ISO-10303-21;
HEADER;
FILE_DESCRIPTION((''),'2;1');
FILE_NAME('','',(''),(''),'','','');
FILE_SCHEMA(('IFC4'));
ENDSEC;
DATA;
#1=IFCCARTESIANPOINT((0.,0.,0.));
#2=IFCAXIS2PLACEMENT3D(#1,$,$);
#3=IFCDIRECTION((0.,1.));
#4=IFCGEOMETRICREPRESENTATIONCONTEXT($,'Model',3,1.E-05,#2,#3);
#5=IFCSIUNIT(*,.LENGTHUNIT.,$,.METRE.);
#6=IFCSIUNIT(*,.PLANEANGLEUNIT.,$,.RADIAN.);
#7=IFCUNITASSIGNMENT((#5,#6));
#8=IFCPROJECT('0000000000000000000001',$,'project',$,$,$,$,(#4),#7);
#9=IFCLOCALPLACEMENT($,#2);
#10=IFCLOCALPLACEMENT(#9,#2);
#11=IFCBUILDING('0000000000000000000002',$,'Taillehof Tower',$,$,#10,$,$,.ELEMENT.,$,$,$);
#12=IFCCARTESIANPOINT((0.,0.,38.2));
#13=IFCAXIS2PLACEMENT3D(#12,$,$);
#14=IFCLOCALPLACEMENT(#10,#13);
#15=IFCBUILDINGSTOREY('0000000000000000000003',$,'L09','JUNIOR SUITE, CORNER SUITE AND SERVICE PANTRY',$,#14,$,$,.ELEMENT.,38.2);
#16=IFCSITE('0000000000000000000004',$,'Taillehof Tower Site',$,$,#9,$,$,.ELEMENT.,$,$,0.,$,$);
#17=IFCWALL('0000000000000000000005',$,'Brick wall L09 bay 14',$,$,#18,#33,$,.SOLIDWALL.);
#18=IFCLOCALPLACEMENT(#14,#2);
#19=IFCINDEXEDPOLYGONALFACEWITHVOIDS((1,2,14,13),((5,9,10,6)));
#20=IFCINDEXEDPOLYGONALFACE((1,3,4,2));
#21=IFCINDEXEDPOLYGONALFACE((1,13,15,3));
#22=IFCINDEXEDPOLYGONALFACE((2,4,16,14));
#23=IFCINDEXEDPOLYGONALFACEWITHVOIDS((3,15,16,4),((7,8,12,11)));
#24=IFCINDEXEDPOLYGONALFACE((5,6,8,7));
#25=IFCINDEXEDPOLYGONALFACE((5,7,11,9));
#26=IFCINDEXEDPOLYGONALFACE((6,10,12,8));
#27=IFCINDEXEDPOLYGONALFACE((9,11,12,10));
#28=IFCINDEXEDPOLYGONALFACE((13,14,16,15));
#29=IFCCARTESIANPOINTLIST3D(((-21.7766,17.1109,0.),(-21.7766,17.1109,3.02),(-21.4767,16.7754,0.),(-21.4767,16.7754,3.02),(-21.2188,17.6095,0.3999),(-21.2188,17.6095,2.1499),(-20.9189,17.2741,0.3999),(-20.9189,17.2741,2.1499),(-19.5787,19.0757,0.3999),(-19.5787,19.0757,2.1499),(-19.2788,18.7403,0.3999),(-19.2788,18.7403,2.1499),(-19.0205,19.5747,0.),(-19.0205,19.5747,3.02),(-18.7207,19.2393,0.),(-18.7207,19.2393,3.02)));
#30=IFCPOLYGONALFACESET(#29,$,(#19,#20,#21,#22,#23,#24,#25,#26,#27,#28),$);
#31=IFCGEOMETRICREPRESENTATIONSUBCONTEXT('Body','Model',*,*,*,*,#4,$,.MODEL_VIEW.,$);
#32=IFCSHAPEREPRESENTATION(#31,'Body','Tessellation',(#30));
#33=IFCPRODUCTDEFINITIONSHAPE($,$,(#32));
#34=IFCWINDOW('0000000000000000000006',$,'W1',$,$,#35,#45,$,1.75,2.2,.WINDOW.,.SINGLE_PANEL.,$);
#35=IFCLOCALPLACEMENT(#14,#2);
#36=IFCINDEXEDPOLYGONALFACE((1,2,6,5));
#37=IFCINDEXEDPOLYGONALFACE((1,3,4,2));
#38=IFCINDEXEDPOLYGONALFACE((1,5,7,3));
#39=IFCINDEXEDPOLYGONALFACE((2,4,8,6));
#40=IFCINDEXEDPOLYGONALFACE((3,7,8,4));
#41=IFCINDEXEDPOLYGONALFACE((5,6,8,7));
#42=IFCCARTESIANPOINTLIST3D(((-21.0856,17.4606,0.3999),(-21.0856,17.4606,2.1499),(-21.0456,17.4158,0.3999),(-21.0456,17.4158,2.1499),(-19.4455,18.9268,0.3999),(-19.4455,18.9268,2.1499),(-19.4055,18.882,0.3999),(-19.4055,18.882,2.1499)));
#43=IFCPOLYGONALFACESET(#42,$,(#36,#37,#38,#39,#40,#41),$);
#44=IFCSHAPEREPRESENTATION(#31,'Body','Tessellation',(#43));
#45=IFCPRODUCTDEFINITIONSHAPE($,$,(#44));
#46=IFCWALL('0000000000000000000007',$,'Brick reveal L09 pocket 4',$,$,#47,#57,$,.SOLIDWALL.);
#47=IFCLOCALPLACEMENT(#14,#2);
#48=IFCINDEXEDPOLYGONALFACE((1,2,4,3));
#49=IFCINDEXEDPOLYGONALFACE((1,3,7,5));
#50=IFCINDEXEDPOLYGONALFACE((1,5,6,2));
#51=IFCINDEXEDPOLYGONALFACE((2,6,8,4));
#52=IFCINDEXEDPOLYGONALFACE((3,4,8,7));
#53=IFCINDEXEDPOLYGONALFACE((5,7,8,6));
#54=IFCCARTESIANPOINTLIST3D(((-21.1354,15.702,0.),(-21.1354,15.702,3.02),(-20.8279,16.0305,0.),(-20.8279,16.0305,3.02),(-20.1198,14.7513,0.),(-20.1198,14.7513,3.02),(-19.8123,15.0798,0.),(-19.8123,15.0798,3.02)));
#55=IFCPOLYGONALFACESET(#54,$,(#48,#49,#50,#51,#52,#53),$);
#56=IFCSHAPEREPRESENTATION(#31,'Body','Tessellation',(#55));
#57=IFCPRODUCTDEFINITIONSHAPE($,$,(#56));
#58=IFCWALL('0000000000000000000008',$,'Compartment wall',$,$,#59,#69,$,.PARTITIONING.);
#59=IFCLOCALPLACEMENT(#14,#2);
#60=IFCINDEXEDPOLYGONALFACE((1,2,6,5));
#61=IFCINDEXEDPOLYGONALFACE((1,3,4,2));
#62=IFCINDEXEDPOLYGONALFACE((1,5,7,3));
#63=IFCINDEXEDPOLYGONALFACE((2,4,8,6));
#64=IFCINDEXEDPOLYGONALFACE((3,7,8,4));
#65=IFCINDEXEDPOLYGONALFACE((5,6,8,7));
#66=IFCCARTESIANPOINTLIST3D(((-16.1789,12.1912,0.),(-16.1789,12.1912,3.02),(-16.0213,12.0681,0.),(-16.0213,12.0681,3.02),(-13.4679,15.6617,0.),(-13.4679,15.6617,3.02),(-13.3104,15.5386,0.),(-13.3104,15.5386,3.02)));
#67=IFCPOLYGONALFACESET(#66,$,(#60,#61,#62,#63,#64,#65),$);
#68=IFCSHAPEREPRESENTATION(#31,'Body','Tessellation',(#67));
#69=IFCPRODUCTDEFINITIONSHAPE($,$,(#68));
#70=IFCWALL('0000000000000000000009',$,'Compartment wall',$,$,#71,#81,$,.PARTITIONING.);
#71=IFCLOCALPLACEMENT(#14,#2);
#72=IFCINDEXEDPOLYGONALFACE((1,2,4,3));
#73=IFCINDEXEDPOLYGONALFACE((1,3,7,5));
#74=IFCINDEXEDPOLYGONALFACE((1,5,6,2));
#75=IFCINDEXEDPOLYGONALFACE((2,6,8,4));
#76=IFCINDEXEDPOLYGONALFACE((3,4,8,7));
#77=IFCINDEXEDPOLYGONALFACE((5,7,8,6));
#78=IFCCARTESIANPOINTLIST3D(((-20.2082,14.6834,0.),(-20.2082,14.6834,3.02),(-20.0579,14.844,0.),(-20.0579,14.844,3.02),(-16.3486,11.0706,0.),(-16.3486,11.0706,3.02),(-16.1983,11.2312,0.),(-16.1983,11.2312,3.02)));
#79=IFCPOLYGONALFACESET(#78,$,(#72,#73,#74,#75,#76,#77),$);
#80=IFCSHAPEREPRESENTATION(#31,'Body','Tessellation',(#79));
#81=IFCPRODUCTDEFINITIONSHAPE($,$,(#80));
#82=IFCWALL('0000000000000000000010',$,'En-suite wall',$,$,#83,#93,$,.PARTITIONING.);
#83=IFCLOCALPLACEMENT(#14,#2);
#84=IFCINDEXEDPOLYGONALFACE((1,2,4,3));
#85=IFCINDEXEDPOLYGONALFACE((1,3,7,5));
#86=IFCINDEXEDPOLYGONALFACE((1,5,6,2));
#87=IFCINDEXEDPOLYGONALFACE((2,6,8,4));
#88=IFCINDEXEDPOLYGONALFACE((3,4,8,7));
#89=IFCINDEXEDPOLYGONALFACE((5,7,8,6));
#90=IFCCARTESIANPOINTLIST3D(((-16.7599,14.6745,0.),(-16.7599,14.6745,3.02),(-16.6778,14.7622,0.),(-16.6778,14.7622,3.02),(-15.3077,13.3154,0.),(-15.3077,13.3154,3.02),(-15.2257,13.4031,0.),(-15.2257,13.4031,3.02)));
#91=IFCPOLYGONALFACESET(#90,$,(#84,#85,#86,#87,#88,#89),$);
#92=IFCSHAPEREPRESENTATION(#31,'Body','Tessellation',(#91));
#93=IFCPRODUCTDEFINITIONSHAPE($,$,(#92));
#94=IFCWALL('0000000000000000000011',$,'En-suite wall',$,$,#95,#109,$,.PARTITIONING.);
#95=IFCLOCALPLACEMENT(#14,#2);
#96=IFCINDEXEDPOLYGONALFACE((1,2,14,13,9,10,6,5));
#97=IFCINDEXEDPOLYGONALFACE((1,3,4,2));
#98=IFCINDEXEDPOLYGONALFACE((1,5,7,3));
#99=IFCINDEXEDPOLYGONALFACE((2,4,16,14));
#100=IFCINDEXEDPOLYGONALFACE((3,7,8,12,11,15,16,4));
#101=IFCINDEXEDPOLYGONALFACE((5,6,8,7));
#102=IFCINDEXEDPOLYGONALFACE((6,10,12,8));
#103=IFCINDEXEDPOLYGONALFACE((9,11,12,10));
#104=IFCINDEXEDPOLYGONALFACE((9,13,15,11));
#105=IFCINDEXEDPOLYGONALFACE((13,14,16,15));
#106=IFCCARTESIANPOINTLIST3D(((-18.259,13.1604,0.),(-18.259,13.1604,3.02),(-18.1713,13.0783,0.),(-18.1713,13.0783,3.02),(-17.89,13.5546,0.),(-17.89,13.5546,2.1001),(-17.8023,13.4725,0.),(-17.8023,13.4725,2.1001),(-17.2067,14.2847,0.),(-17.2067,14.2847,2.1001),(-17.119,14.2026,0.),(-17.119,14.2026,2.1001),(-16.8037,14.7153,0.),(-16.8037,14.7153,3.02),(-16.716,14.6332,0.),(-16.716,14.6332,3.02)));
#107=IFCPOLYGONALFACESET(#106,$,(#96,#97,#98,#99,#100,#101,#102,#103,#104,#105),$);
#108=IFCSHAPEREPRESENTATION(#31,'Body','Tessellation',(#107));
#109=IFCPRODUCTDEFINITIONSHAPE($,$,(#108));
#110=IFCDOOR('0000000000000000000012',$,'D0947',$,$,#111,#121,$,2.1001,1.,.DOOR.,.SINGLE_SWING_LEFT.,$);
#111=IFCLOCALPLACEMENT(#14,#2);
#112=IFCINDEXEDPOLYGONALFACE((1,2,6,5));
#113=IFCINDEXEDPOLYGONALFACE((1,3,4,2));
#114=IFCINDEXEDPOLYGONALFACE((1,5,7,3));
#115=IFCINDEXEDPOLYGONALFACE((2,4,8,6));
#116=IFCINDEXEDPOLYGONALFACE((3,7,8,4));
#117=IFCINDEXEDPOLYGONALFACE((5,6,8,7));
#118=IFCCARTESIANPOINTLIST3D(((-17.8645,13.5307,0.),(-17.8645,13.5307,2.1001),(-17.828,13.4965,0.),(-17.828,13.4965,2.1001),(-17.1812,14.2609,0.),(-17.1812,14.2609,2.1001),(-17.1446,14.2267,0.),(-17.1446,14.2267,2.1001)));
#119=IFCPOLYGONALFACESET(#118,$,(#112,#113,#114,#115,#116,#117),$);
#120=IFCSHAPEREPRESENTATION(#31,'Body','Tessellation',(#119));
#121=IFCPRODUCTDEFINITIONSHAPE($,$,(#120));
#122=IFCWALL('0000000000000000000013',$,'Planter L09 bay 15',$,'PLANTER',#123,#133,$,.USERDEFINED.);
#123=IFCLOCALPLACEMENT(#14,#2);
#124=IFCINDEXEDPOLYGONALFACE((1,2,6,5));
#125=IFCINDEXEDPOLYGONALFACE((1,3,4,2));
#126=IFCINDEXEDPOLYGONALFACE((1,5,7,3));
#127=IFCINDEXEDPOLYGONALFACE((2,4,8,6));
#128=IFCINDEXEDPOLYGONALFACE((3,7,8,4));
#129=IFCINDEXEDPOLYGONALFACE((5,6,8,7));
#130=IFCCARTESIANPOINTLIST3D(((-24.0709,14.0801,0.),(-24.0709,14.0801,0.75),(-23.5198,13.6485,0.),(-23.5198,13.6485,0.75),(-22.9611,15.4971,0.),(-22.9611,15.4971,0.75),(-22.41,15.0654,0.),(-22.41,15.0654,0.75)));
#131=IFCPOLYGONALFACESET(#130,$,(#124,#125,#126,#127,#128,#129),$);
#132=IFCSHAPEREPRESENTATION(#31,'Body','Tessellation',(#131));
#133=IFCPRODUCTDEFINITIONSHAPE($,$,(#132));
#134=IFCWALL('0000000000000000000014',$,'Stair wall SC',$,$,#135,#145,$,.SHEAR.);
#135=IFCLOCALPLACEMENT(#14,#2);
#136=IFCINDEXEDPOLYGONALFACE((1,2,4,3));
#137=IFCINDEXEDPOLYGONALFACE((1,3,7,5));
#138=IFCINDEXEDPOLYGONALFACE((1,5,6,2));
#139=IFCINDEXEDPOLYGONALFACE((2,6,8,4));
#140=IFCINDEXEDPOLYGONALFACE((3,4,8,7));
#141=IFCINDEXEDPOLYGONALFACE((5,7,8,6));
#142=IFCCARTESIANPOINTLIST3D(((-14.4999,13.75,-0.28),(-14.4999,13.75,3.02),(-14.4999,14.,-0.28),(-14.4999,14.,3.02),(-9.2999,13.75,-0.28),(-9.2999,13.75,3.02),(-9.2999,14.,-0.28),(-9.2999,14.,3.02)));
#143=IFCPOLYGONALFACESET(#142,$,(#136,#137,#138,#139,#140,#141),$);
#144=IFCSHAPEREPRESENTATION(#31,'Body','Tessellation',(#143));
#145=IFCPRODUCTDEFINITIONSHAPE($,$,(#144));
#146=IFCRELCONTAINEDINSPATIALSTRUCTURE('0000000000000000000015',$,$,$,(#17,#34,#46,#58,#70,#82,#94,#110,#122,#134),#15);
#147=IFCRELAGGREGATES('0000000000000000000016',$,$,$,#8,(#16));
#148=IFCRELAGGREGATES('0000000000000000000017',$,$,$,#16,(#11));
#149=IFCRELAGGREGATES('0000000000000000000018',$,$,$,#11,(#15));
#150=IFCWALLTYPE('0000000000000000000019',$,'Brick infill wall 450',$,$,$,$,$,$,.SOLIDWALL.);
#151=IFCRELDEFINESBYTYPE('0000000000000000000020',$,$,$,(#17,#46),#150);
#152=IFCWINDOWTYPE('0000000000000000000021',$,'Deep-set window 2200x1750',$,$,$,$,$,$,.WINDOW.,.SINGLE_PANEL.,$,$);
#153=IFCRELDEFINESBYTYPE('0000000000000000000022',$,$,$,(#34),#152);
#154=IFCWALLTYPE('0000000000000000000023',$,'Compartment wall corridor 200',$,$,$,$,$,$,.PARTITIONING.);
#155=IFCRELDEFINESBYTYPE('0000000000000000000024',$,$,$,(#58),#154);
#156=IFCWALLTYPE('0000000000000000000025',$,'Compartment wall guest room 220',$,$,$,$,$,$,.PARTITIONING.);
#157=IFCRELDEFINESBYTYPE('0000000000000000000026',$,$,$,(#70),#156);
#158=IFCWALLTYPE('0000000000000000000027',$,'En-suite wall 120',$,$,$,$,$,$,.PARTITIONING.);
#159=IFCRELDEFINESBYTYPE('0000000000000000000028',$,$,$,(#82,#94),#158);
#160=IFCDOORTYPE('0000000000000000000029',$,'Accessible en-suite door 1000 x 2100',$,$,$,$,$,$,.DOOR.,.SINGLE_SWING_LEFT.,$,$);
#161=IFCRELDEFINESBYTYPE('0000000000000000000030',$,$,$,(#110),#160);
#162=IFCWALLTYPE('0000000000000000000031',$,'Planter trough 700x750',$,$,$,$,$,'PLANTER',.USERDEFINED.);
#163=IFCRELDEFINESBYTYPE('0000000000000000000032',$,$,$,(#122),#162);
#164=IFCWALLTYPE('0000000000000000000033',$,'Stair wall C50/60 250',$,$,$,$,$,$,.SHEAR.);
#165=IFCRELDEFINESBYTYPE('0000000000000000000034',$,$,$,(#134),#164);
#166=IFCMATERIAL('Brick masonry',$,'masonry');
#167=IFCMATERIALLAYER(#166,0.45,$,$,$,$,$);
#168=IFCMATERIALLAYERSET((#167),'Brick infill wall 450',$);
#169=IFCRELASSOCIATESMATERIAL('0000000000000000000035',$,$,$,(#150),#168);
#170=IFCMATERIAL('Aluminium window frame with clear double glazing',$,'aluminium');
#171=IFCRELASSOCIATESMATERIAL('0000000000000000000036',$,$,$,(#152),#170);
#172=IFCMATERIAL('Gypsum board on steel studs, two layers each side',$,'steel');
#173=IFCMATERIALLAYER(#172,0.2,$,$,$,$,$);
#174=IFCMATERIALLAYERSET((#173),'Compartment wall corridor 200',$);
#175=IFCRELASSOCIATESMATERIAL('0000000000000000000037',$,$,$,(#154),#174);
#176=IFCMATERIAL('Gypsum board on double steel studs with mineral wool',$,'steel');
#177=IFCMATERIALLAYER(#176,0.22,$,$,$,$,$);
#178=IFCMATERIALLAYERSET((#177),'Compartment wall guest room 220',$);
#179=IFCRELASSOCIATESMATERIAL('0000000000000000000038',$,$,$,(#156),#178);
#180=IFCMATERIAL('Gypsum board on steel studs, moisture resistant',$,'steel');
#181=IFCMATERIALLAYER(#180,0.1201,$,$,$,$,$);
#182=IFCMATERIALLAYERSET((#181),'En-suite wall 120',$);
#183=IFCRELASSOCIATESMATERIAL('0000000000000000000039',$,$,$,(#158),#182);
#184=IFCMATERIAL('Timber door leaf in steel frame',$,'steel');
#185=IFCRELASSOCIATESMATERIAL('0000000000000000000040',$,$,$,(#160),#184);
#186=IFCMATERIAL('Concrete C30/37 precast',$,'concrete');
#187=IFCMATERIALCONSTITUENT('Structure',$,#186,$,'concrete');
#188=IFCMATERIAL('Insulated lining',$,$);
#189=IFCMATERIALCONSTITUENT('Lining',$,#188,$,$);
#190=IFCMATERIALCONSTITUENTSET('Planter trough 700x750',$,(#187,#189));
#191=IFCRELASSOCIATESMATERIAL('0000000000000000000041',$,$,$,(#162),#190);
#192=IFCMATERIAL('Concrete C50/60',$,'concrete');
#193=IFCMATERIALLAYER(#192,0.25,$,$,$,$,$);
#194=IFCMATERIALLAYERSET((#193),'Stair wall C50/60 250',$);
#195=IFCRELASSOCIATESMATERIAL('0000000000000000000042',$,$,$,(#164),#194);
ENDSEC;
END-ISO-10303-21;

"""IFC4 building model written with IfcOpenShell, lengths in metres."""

from ifc_helpers import new_model, si_unit, direction, frame, frame_2d, origin, place, context, subcontext, project, spatial, rectangle, extrude, material, layer, layer_set, constituent, constituent_set, type_object, element, fill, save


model = new_model("IFC4")

# Units and contexts
model_context = context("Model", 3, precision=1e-05, world=origin(), true_north=direction((0.0, 1.0)))
body_context = subcontext(model_context, "Body", "Model", "MODEL_VIEW")
ifc_project = project(units=[si_unit("LENGTHUNIT", "METRE"), si_unit("PLANEANGLEUNIT", "RADIAN")], contexts=[model_context])

# Site, building, storey
site_placement = place(None, origin())
site = spatial("IfcSite", under=ifc_project, at=site_placement, Name="Taillehof Tower Site", CompositionType="ELEMENT", RefElevation=0.0)
building_placement = place(site_placement, origin())
building = spatial("IfcBuilding", under=site, at=building_placement, Name="Taillehof Tower", CompositionType="ELEMENT")
storey_placement = place(building_placement, frame((0.0, 0.0, 38.2)))
storey = spatial("IfcBuildingStorey", under=building, at=storey_placement, Name="L09", Description="JUNIOR SUITE, CORNER SUITE AND SERVICE PANTRY", CompositionType="ELEMENT", Elevation=38.2)

# Wall, opening, window
ifc_material_1 = material(Name="Brick masonry", Category="masonry")
ifc_layer_1 = layer(ifc_material_1, 0.45)
ifc_layer_set_1 = layer_set([ifc_layer_1], Name="Brick infill wall 450")
wall_type_1 = type_object("IfcWallType", Name="Brick infill wall 450", PredefinedType="SOLIDWALL", material=ifc_layer_set_1)
ifc_material_2 = material(Name="Aluminium window frame with clear double glazing", Category="aluminium")
window_type_1 = type_object("IfcWindowType", Name="Deep-set window 2200x1750", PartitioningType="SINGLE_PANEL", PredefinedType="WINDOW", material=ifc_material_2)
wall_1_placement = place(storey_placement, frame((-18.8706, 19.407, 0.0), z_axis=(0.0, 0.0, 1.0), x_axis=(-0.745526, -0.666476, 0.0)))
wall_1 = element("IfcWall", 1, at=wall_1_placement, inside=storey, type_object=wall_type_1, Name="Brick wall L09 bay 14", PredefinedType="SOLIDWALL", context=body_context, shape_type="SweptSolid", body=[
    extrude(rectangle(XDim=3.6968, YDim=0.45, at=frame_2d((1.8484, 0.0))), origin(), (0.0, 0.0, 1.0), 3.02),
])
opening_1_placement = place(wall_1_placement, frame((0.7485, 0.0, 0.3999)))
opening_1 = element("IfcOpeningElement", 2, at=opening_1_placement, cuts=wall_1, PredefinedType="OPENING", context=body_context, shape_type="SweptSolid", body=[
    extrude(rectangle(XDim=2.2, YDim=1.75, at=frame_2d((1.1001, 0.875))), frame((0.0, 0.2349, 0.0), z_axis=(0.0, -1.0, 0.0), x_axis=(1.0, 0.0, 0.0)), (0.0, 0.0, 1.0), 0.47),
])
window_1_placement = place(opening_1_placement, origin())
window_1 = element("IfcWindow", 3, at=window_1_placement, inside=storey, type_object=window_type_1, Name="W1", OverallHeight=1.75, OverallWidth=2.2, PartitioningType="SINGLE_PANEL", PredefinedType="WINDOW", context=body_context, shape_type="SweptSolid", body=[
    extrude(rectangle(XDim=2.2, YDim=1.75, at=frame_2d((1.1001, 0.875))), frame((0.0, 0.0349, 0.0), z_axis=(0.0, -1.0, 0.0), x_axis=(1.0, 0.0, 0.0)), (0.0, 0.0, 1.0), 0.0601),
])
fill(opening_1, window_1)

# Wall
wall_2_placement = place(storey_placement, frame((-20.9817, 15.8662, 0.0), z_axis=(0.0, 0.0, 1.0), x_axis=(0.730062, -0.683381, 0.0)))
element("IfcWall", 4, at=wall_2_placement, inside=storey, type_object=wall_type_1, Name="Brick reveal L09 pocket 4", PredefinedType="SOLIDWALL", context=body_context, shape_type="SweptSolid", body=[
    extrude(rectangle(XDim=1.3911, YDim=0.45, at=frame_2d((0.6956, 0.0))), origin(), (0.0, 0.0, 1.0), 3.02),
])

# Walls
ifc_material_3 = material(Name="Gypsum board on steel studs, two layers each side", Category="steel")
ifc_layer_2 = layer(ifc_material_3, 0.2)
ifc_layer_set_2 = layer_set([ifc_layer_2], Name="Compartment wall corridor 200")
wall_type_2 = type_object("IfcWallType", Name="Compartment wall corridor 200", PredefinedType="PARTITIONING", material=ifc_layer_set_2)
wall_3_placement = place(storey_placement, frame((-16.1001, 12.1296, 0.0), z_axis=(0.0, 0.0, 1.0), x_axis=(0.615593, 0.788064, 0.0)))
element("IfcWall", 5, at=wall_3_placement, inside=storey, type_object=wall_type_2, Name="Compartment wall", PredefinedType="PARTITIONING", context=body_context, shape_type="SweptSolid", body=[
    extrude(rectangle(XDim=4.4038, YDim=0.2, at=frame_2d((2.2019, 0.0))), origin(), (0.0, 0.0, 1.0), 3.02),
])
ifc_material_4 = material(Name="Gypsum board on double steel studs with mineral wool", Category="steel")
ifc_layer_3 = layer(ifc_material_4, 0.22)
ifc_layer_set_3 = layer_set([ifc_layer_3], Name="Compartment wall guest room 220")
wall_type_3 = type_object("IfcWallType", Name="Compartment wall guest room 220", PredefinedType="PARTITIONING", material=ifc_layer_set_3)
wall_4_placement = place(storey_placement, frame((-20.1331, 14.7637, 0.0), z_axis=(0.0, 0.0, 1.0), x_axis=(0.730066, -0.683377, 0.0)))
element("IfcWall", 6, at=wall_4_placement, inside=storey, type_object=wall_type_3, Name="Compartment wall", PredefinedType="PARTITIONING", context=body_context, shape_type="SweptSolid", body=[
    extrude(rectangle(XDim=5.2866, YDim=0.22, at=frame_2d((2.6433, 0.0))), origin(), (0.0, 0.0, 1.0), 3.02),
])
ifc_material_5 = material(Name="Gypsum board on steel studs, moisture resistant", Category="steel")
ifc_layer_4 = layer(ifc_material_5, 0.1201)
ifc_layer_set_4 = layer_set([ifc_layer_4], Name="En-suite wall 120")
wall_type_4 = type_object("IfcWallType", Name="En-suite wall 120", PredefinedType="PARTITIONING", material=ifc_layer_set_4)
wall_5_placement = place(storey_placement, frame((-15.2666, 13.3591, 0.0), z_axis=(0.0, 0.0, 1.0), x_axis=(-0.730103, 0.683337, 0.0)))
element("IfcWall", 7, at=wall_5_placement, inside=storey, type_object=wall_type_4, Name="En-suite wall", PredefinedType="PARTITIONING", context=body_context, shape_type="SweptSolid", body=[
    extrude(rectangle(XDim=1.989, YDim=0.1201, at=frame_2d((0.9946, 0.0))), origin(), (0.0, 0.0, 1.0), 3.02),
])

# Wall, opening, door
wall_6_placement = place(storey_placement, frame((-16.7598, 14.6743, 0.0), z_axis=(0.0, 0.0, 1.0), x_axis=(-0.683335, -0.730105, 0.0)))
wall_6 = element("IfcWall", 8, at=wall_6_placement, inside=storey, type_object=wall_type_4, Name="En-suite wall", PredefinedType="PARTITIONING", context=body_context, shape_type="SweptSolid", body=[
    extrude(rectangle(XDim=2.1296, YDim=0.1201, at=frame_2d((1.0649, 0.0))), origin(), (0.0, 0.0, 1.0), 3.02),
])
opening_2_placement = place(wall_6_placement, frame((0.5898, 0.0, 0.0)))
opening_2 = element("IfcOpeningElement", 9, at=opening_2_placement, cuts=wall_6, PredefinedType="OPENING", context=body_context, shape_type="SweptSolid", body=[
    extrude(rectangle(XDim=1.0, YDim=2.1001, at=frame_2d((0.5, 1.05))), frame((0.0, 0.0701, 0.0), z_axis=(0.0, -1.0, 0.0), x_axis=(1.0, 0.0, 0.0)), (0.0, 0.0, 1.0), 0.1401),
])
ifc_material_6 = material(Name="Timber door leaf in steel frame", Category="steel")
door_type_1 = type_object("IfcDoorType", Name="Accessible en-suite door 1000 x 2100", OperationType="SINGLE_SWING_LEFT", PredefinedType="DOOR", material=ifc_material_6)
door_1_placement = place(opening_2_placement, origin())
door_1 = element("IfcDoor", 10, at=door_1_placement, inside=storey, type_object=door_type_1, Name="D0947", OperationType="SINGLE_SWING_LEFT", OverallHeight=2.1001, OverallWidth=1.0, PredefinedType="DOOR", context=body_context, shape_type="SweptSolid", body=[
    extrude(rectangle(XDim=1.0, YDim=2.1001, at=frame_2d((0.5, 1.05))), frame((0.0, 0.0249, 0.0), z_axis=(0.0, -1.0, 0.0), x_axis=(1.0, 0.0, 0.0)), (0.0, 0.0, 1.0), 0.05),
])
fill(opening_2, door_1)

# Walls
ifc_material_7 = material(Name="Concrete C30/37 precast", Category="concrete")
ifc_constituent_1 = constituent(ifc_material_7, Name="Structure", Category="concrete")
ifc_material_8 = material(Name="Insulated lining")
ifc_constituent_2 = constituent(ifc_material_8, Name="Lining")
ifc_constituent_set = constituent_set(constituents=[ifc_constituent_1, ifc_constituent_2], Name="Planter trough 700x750")
wall_type_5 = type_object("IfcWallType", Name="Planter trough 700x750", ElementType="PLANTER", PredefinedType="USERDEFINED", material=ifc_constituent_set)
wall_7_placement = place(storey_placement, frame((-22.6855, 15.2812, 0.0), z_axis=(0.0, 0.0, 1.0), x_axis=(-0.616623, -0.787259, 0.0)))
element("IfcWall", 11, at=wall_7_placement, inside=storey, type_object=wall_type_5, Name="Planter L09 bay 15", ObjectType="PLANTER", PredefinedType="USERDEFINED", context=body_context, shape_type="SweptSolid", body=[
    extrude(rectangle(XDim=1.7998, YDim=0.7, at=frame_2d((0.8999, 0.0))), origin(), (0.0, 0.0, 1.0), 0.75),
])
ifc_material_9 = material(Name="Concrete C50/60", Category="concrete")
ifc_layer_5 = layer(ifc_material_9, 0.25)
ifc_layer_set_5 = layer_set([ifc_layer_5], Name="Stair wall C50/60 250")
wall_type_6 = type_object("IfcWallType", Name="Stair wall C50/60 250", PredefinedType="SHEAR", material=ifc_layer_set_5)
wall_8_placement = place(storey_placement, frame((-14.5, 13.875, -0.28), z_axis=(0.0, 0.0, 1.0), x_axis=(1.0, 0.0, 0.0)))
element("IfcWall", 12, at=wall_8_placement, inside=storey, type_object=wall_type_6, Name="Stair wall SC", PredefinedType="SHEAR", context=body_context, shape_type="SweptSolid", body=[
    extrude(rectangle(XDim=5.2, YDim=0.25, at=frame_2d((2.6001, 0.0))), origin(), (0.0, 0.0, 1.0), 3.3),
])

save(model, "model.ifc")
